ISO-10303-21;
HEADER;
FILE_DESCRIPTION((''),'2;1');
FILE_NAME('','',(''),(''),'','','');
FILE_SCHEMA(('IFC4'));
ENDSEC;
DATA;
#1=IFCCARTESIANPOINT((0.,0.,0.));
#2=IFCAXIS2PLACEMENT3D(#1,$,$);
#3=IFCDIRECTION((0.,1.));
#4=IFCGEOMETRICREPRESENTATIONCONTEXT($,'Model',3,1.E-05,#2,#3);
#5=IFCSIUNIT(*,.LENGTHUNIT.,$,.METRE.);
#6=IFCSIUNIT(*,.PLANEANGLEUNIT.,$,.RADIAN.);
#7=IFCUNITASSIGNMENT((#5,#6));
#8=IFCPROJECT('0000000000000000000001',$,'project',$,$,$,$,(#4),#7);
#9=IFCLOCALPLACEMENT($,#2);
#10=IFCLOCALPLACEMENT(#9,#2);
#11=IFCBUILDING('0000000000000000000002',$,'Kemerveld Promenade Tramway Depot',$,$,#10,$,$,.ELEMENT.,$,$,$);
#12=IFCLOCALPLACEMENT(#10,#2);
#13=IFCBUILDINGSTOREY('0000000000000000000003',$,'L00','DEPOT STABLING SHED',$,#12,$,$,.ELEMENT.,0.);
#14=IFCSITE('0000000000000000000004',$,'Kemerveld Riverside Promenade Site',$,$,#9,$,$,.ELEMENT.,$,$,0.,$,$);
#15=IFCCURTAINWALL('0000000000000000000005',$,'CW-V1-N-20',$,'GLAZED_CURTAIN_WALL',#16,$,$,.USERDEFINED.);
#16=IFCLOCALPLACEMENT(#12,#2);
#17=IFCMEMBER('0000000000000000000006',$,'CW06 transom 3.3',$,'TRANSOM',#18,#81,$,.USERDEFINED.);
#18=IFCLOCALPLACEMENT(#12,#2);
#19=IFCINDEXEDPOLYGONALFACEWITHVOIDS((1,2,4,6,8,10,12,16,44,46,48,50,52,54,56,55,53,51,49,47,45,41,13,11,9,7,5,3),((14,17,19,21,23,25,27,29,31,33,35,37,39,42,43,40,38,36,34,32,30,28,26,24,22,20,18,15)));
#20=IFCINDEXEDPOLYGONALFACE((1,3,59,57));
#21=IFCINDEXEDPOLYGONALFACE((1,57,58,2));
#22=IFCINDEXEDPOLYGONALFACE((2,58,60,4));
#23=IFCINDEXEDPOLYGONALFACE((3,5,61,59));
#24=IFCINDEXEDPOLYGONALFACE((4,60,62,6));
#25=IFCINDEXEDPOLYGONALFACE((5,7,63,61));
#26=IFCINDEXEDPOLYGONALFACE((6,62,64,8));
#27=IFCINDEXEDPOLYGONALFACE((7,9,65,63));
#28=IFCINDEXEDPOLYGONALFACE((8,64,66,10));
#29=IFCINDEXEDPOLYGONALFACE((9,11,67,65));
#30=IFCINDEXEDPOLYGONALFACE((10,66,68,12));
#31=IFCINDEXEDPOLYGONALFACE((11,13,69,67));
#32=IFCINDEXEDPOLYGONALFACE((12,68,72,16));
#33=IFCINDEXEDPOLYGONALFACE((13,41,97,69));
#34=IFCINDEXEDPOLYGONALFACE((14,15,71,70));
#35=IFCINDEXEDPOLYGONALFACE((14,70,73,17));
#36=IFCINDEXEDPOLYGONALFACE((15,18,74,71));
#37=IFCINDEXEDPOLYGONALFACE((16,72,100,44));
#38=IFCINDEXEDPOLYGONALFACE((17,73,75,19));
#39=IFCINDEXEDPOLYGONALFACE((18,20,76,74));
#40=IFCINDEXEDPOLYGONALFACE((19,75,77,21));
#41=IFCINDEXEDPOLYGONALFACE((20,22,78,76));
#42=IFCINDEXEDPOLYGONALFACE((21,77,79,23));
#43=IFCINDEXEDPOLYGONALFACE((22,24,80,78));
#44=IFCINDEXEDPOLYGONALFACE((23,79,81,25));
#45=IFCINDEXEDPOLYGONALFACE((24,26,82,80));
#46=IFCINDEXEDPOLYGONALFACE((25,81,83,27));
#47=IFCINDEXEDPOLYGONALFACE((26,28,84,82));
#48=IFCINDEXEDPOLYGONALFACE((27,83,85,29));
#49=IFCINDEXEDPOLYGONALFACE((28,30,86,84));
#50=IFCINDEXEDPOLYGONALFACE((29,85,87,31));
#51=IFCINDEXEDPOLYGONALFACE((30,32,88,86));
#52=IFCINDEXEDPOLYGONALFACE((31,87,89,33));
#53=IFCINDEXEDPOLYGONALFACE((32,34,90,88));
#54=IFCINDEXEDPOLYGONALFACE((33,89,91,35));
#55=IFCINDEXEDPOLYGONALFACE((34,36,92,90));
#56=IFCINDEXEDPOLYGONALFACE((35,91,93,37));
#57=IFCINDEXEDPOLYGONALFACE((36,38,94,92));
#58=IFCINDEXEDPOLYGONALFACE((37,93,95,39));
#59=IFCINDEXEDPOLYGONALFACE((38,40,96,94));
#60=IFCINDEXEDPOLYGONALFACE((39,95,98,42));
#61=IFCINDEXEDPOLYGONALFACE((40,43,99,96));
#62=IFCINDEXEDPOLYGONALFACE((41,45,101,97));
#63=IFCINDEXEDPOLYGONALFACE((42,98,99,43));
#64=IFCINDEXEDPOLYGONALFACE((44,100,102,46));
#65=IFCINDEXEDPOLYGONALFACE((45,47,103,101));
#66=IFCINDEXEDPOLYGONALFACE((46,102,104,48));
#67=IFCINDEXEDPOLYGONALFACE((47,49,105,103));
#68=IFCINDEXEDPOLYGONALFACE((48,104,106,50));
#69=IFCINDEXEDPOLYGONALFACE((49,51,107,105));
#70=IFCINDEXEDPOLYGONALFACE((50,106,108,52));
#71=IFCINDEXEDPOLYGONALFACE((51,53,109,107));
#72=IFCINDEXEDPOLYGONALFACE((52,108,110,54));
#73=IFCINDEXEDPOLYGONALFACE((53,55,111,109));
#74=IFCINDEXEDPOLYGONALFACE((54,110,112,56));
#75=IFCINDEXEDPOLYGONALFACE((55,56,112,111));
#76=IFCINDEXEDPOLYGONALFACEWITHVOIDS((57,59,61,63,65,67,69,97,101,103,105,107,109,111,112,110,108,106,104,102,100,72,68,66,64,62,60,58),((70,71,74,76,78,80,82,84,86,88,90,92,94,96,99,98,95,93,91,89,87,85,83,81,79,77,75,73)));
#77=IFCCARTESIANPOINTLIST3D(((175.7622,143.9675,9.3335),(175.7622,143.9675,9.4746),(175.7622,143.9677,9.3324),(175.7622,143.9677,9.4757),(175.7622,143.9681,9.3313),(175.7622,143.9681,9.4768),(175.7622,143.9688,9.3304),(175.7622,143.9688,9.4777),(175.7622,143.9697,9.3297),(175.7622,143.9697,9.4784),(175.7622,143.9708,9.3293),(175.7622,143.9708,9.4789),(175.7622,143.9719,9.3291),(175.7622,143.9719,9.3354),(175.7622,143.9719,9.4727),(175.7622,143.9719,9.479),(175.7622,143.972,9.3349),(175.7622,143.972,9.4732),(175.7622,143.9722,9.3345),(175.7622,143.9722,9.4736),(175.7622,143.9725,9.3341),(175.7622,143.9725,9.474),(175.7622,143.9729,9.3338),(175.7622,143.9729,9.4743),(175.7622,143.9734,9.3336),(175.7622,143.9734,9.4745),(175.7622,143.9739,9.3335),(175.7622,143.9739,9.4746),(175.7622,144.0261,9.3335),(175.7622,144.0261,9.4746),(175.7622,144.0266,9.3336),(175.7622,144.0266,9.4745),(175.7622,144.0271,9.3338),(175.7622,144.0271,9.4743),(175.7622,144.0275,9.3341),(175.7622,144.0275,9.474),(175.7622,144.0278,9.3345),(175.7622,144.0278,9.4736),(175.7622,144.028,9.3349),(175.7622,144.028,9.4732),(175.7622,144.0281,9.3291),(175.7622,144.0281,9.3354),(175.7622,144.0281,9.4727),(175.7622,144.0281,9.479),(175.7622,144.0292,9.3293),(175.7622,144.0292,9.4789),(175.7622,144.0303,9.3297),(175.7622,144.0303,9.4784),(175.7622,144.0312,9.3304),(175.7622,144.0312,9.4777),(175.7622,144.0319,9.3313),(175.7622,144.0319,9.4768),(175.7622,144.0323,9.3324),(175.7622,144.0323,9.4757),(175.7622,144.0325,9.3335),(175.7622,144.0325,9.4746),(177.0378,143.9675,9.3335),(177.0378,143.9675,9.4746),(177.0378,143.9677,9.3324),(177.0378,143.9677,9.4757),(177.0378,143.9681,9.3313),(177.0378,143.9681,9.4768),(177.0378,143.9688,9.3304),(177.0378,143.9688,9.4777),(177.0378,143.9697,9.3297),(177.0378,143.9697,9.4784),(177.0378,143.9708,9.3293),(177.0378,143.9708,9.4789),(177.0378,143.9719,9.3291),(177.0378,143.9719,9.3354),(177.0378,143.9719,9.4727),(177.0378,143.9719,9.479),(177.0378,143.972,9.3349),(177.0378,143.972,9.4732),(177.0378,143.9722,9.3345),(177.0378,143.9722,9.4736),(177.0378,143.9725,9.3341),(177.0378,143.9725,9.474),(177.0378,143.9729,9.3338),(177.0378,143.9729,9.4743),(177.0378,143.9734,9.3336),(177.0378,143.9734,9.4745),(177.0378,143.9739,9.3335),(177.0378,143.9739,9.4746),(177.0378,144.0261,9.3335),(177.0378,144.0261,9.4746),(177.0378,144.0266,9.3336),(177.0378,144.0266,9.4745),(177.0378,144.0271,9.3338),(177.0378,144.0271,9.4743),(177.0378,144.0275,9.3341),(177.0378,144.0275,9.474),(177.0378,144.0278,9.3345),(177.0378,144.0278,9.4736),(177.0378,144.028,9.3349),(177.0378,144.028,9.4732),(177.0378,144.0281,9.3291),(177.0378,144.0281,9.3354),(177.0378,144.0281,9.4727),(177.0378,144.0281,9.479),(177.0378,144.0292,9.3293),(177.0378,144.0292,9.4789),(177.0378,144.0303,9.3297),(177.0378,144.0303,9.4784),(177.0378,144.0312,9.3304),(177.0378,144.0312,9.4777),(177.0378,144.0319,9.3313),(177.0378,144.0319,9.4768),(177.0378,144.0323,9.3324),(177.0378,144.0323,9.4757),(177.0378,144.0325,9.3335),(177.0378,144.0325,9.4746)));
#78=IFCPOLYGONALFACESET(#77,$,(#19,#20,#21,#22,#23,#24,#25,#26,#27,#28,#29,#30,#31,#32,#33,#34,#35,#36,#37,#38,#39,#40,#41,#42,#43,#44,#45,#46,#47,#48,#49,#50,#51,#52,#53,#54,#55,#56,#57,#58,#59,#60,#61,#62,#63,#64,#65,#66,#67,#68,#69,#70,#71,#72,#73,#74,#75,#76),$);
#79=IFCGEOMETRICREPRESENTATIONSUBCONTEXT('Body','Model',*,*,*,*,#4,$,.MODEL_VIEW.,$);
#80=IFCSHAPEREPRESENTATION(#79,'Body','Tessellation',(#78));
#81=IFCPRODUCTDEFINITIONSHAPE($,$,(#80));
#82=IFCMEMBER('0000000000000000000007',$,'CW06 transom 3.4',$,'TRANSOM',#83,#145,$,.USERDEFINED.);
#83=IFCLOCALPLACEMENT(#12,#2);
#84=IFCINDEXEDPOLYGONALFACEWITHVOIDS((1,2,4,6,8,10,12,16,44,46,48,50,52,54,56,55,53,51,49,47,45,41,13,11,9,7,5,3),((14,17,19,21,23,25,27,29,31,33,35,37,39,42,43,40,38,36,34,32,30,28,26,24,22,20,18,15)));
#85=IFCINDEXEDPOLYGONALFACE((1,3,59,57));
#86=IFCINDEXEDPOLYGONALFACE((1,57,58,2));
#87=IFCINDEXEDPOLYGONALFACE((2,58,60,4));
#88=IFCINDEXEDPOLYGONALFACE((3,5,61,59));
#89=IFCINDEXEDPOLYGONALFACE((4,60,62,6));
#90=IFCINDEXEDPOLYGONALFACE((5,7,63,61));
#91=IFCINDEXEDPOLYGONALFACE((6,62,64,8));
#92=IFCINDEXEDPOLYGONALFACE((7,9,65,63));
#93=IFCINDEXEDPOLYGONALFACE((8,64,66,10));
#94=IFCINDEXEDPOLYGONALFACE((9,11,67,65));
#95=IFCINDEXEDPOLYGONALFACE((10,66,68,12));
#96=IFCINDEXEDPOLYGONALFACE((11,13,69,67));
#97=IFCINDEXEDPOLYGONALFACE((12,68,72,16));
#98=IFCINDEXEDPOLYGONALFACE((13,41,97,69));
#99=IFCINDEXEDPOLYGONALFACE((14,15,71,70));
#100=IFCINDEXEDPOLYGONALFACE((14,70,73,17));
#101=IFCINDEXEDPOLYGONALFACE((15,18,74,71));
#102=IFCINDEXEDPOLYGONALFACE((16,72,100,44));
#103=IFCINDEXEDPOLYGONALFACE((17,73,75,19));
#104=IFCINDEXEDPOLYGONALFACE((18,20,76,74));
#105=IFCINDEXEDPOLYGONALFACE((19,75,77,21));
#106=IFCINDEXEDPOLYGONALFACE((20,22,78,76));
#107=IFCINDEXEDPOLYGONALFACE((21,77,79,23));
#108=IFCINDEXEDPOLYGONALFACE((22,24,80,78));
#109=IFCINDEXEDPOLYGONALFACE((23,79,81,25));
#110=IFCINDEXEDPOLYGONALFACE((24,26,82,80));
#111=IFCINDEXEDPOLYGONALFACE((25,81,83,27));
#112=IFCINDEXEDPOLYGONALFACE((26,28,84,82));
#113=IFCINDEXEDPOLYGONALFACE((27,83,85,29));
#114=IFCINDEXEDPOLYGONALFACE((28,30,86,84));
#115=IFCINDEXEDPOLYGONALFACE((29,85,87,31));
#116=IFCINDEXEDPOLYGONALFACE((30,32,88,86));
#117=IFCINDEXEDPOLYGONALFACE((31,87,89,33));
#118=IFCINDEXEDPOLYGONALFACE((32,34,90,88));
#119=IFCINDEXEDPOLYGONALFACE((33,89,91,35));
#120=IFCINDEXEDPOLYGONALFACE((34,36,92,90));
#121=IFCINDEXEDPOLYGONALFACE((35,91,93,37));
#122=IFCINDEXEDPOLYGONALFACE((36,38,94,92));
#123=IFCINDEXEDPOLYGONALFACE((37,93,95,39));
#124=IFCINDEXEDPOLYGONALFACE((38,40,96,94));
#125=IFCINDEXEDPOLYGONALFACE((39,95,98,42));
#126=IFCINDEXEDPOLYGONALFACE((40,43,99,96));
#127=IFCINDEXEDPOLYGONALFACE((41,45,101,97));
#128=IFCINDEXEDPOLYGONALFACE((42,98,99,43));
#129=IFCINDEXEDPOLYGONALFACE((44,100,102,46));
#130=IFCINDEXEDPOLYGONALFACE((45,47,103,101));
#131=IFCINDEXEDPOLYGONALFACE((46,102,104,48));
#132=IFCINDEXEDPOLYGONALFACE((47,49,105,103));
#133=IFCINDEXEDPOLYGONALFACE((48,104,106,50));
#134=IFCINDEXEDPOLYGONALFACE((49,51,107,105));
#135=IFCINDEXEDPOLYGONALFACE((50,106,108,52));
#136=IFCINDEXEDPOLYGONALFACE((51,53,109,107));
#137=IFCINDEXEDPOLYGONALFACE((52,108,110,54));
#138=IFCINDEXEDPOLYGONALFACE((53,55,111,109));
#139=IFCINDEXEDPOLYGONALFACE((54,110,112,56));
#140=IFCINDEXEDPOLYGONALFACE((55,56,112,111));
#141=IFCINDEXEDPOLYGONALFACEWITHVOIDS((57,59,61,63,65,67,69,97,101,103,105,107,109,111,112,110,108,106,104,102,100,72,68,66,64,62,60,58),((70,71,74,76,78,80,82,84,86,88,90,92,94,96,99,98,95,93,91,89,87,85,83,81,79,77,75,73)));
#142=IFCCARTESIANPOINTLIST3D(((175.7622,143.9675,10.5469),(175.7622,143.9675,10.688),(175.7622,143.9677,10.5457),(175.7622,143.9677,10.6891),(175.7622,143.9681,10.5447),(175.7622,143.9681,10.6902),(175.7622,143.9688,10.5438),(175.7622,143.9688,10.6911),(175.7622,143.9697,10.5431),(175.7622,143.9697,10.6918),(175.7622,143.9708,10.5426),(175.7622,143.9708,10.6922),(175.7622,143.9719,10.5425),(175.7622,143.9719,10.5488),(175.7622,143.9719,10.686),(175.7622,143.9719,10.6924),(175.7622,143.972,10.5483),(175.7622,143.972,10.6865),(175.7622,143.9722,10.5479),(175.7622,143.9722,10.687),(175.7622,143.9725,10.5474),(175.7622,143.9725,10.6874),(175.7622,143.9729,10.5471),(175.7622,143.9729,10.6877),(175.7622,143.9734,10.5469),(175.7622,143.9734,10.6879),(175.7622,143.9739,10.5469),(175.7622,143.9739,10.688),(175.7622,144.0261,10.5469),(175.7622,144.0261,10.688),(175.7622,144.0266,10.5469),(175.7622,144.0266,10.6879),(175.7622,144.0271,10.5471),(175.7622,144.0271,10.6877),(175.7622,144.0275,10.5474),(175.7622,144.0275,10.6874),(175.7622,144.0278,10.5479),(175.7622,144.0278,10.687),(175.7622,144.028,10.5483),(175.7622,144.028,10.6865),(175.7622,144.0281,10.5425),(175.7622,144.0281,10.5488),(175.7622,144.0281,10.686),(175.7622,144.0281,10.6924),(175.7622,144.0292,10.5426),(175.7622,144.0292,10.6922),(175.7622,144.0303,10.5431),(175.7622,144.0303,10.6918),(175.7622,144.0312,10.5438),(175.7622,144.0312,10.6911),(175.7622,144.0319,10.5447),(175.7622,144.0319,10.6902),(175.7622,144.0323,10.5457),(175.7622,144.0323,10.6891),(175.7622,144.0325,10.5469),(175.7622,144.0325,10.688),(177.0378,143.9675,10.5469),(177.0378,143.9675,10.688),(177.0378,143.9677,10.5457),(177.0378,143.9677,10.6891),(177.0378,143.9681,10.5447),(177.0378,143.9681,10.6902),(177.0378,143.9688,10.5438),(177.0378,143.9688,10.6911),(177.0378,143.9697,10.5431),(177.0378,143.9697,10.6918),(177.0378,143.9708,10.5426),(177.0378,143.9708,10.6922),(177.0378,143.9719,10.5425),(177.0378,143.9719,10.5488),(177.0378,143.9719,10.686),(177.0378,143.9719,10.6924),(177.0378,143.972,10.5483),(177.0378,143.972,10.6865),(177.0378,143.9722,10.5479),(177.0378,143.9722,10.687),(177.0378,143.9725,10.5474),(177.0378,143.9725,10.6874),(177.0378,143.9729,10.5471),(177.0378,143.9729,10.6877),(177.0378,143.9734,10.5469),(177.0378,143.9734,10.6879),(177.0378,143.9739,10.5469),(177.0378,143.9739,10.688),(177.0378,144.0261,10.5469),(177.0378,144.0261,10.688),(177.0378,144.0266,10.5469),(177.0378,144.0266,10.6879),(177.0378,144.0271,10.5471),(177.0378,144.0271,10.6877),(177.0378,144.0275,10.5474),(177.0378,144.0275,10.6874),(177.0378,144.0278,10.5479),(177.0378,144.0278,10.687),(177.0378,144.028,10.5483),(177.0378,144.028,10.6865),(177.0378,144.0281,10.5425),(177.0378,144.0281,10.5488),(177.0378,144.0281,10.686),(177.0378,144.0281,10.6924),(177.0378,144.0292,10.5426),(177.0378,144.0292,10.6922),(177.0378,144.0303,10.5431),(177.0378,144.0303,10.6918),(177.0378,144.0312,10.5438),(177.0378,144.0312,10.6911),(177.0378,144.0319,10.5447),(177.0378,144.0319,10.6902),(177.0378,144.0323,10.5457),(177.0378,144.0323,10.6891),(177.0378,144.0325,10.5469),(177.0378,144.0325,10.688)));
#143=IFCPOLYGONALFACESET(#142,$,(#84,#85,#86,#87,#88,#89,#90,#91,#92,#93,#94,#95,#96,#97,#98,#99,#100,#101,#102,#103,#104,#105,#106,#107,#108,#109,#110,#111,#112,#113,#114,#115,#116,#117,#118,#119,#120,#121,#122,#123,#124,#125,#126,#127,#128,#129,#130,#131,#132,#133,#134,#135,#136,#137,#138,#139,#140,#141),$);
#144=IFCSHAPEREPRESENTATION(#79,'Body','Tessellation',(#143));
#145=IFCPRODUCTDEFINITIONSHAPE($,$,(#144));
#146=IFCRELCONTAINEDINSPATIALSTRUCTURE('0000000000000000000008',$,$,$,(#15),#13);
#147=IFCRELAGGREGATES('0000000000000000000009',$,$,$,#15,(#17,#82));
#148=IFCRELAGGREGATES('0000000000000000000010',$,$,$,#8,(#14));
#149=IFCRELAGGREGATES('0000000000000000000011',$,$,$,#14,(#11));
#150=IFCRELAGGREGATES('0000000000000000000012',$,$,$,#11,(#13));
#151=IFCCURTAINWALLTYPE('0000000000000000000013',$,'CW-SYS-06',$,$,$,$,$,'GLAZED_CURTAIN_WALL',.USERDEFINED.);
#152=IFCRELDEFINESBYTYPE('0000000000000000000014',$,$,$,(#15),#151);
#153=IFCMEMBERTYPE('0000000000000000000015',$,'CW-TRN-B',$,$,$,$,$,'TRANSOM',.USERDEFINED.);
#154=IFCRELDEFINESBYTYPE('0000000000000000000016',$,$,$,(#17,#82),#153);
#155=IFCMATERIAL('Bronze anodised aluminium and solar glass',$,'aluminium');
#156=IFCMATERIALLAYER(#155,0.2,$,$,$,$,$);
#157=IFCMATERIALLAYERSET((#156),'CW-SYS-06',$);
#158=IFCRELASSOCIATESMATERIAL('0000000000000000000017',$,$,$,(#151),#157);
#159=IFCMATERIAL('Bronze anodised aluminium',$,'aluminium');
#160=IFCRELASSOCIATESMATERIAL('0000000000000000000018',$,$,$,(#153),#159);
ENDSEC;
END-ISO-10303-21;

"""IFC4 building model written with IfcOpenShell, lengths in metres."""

from ifc_helpers import new_model, si_unit, direction, frame, origin, origin_2d, place, context, subcontext, project, spatial, hollow_rectangle, extrude, material, layer, layer_set, material_profile, profile_set, type_object, element, aggregate, save


model = new_model("IFC4")

# Units and contexts
model_context = context("Model", 3, precision=1e-05, world=origin(), true_north=direction((0.0, 1.0)))
body_context = subcontext(model_context, "Body", "Model", "MODEL_VIEW")
ifc_project = project(units=[si_unit("LENGTHUNIT", "METRE"), si_unit("PLANEANGLEUNIT", "RADIAN")], contexts=[model_context])

# Site, building, storey
site_placement = place(None, origin())
site = spatial("IfcSite", under=ifc_project, at=site_placement, Name="Kemerveld Riverside Promenade Site", CompositionType="ELEMENT", RefElevation=0.0)
building_placement = place(site_placement, origin())
building = spatial("IfcBuilding", under=site, at=building_placement, Name="Kemerveld Promenade Tramway Depot", CompositionType="ELEMENT")
storey_placement = place(building_placement, origin())
storey = spatial("IfcBuildingStorey", under=building, at=storey_placement, Name="L00", Description="DEPOT STABLING SHED", CompositionType="ELEMENT", Elevation=0.0)

# Curtain wall, members
ifc_material_1 = material(Name="Bronze anodised aluminium and solar glass", Category="aluminium")
ifc_material_2 = material(Name="Bronze anodised aluminium", Category="aluminium")
ifc_layer_1 = layer(ifc_material_1, 0.2)
ifc_layer_set_1 = layer_set([ifc_layer_1], Name="CW-SYS-06")
curtain_wall_type_1 = type_object("IfcCurtainWallType", Name="CW-SYS-06", ElementType="GLAZED_CURTAIN_WALL", PredefinedType="USERDEFINED", material=ifc_layer_set_1)
curtain_wall_1_placement = place(storey_placement, origin())
curtain_wall_1 = element("IfcCurtainWall", 1, at=curtain_wall_1_placement, inside=storey, type_object=curtain_wall_type_1, Name="CW-V1-N-20", ObjectType="GLAZED_CURTAIN_WALL", PredefinedType="USERDEFINED")
ifc_material_profile_1 = material_profile(ifc_material_2, hollow_rectangle(XDim=0.0649, YDim=0.1499, WallThickness=0.0044, InnerFilletRadius=0.002, OuterFilletRadius=0.0044, at=origin_2d()), Name="CW-TRN-150x65")
ifc_profile_set_1 = profile_set([ifc_material_profile_1], Name="Bronze anodised aluminium")
member_type_1 = type_object("IfcMemberType", Name="CW-TRN-B", ElementType="TRANSOM", PredefinedType="USERDEFINED", material=ifc_profile_set_1)
member_1_placement = place(storey_placement, frame((175.7622, 144.0, 9.4041), z_axis=(1.0, 0.0, 0.0), x_axis=(0.0, 1.0, 0.0)))
member_1 = element("IfcMember", 2, at=member_1_placement, type_object=member_type_1, Name="CW06 transom 3.3", ObjectType="TRANSOM", PredefinedType="USERDEFINED", context=body_context, shape_type="SweptSolid", body=[
    extrude(hollow_rectangle(XDim=0.0649, YDim=0.1499, WallThickness=0.0044, InnerFilletRadius=0.002, OuterFilletRadius=0.0044, at=origin_2d()), origin(), (0.0, 0.0, 1.0), 1.2756),
])
member_2_placement = place(storey_placement, frame((175.7622, 144.0, 10.6174), z_axis=(1.0, 0.0, 0.0), x_axis=(0.0, 1.0, 0.0)))
member_2 = element("IfcMember", 3, at=member_2_placement, type_object=member_type_1, Name="CW06 transom 3.4", ObjectType="TRANSOM", PredefinedType="USERDEFINED", context=body_context, shape_type="SweptSolid", body=[
    extrude(hollow_rectangle(XDim=0.0649, YDim=0.1499, WallThickness=0.0044, InnerFilletRadius=0.002, OuterFilletRadius=0.0044, at=origin_2d()), origin(), (0.0, 0.0, 1.0), 1.2756),
])

aggregate(curtain_wall_1, [member_1, member_2])

save(model, "model.ifc")
